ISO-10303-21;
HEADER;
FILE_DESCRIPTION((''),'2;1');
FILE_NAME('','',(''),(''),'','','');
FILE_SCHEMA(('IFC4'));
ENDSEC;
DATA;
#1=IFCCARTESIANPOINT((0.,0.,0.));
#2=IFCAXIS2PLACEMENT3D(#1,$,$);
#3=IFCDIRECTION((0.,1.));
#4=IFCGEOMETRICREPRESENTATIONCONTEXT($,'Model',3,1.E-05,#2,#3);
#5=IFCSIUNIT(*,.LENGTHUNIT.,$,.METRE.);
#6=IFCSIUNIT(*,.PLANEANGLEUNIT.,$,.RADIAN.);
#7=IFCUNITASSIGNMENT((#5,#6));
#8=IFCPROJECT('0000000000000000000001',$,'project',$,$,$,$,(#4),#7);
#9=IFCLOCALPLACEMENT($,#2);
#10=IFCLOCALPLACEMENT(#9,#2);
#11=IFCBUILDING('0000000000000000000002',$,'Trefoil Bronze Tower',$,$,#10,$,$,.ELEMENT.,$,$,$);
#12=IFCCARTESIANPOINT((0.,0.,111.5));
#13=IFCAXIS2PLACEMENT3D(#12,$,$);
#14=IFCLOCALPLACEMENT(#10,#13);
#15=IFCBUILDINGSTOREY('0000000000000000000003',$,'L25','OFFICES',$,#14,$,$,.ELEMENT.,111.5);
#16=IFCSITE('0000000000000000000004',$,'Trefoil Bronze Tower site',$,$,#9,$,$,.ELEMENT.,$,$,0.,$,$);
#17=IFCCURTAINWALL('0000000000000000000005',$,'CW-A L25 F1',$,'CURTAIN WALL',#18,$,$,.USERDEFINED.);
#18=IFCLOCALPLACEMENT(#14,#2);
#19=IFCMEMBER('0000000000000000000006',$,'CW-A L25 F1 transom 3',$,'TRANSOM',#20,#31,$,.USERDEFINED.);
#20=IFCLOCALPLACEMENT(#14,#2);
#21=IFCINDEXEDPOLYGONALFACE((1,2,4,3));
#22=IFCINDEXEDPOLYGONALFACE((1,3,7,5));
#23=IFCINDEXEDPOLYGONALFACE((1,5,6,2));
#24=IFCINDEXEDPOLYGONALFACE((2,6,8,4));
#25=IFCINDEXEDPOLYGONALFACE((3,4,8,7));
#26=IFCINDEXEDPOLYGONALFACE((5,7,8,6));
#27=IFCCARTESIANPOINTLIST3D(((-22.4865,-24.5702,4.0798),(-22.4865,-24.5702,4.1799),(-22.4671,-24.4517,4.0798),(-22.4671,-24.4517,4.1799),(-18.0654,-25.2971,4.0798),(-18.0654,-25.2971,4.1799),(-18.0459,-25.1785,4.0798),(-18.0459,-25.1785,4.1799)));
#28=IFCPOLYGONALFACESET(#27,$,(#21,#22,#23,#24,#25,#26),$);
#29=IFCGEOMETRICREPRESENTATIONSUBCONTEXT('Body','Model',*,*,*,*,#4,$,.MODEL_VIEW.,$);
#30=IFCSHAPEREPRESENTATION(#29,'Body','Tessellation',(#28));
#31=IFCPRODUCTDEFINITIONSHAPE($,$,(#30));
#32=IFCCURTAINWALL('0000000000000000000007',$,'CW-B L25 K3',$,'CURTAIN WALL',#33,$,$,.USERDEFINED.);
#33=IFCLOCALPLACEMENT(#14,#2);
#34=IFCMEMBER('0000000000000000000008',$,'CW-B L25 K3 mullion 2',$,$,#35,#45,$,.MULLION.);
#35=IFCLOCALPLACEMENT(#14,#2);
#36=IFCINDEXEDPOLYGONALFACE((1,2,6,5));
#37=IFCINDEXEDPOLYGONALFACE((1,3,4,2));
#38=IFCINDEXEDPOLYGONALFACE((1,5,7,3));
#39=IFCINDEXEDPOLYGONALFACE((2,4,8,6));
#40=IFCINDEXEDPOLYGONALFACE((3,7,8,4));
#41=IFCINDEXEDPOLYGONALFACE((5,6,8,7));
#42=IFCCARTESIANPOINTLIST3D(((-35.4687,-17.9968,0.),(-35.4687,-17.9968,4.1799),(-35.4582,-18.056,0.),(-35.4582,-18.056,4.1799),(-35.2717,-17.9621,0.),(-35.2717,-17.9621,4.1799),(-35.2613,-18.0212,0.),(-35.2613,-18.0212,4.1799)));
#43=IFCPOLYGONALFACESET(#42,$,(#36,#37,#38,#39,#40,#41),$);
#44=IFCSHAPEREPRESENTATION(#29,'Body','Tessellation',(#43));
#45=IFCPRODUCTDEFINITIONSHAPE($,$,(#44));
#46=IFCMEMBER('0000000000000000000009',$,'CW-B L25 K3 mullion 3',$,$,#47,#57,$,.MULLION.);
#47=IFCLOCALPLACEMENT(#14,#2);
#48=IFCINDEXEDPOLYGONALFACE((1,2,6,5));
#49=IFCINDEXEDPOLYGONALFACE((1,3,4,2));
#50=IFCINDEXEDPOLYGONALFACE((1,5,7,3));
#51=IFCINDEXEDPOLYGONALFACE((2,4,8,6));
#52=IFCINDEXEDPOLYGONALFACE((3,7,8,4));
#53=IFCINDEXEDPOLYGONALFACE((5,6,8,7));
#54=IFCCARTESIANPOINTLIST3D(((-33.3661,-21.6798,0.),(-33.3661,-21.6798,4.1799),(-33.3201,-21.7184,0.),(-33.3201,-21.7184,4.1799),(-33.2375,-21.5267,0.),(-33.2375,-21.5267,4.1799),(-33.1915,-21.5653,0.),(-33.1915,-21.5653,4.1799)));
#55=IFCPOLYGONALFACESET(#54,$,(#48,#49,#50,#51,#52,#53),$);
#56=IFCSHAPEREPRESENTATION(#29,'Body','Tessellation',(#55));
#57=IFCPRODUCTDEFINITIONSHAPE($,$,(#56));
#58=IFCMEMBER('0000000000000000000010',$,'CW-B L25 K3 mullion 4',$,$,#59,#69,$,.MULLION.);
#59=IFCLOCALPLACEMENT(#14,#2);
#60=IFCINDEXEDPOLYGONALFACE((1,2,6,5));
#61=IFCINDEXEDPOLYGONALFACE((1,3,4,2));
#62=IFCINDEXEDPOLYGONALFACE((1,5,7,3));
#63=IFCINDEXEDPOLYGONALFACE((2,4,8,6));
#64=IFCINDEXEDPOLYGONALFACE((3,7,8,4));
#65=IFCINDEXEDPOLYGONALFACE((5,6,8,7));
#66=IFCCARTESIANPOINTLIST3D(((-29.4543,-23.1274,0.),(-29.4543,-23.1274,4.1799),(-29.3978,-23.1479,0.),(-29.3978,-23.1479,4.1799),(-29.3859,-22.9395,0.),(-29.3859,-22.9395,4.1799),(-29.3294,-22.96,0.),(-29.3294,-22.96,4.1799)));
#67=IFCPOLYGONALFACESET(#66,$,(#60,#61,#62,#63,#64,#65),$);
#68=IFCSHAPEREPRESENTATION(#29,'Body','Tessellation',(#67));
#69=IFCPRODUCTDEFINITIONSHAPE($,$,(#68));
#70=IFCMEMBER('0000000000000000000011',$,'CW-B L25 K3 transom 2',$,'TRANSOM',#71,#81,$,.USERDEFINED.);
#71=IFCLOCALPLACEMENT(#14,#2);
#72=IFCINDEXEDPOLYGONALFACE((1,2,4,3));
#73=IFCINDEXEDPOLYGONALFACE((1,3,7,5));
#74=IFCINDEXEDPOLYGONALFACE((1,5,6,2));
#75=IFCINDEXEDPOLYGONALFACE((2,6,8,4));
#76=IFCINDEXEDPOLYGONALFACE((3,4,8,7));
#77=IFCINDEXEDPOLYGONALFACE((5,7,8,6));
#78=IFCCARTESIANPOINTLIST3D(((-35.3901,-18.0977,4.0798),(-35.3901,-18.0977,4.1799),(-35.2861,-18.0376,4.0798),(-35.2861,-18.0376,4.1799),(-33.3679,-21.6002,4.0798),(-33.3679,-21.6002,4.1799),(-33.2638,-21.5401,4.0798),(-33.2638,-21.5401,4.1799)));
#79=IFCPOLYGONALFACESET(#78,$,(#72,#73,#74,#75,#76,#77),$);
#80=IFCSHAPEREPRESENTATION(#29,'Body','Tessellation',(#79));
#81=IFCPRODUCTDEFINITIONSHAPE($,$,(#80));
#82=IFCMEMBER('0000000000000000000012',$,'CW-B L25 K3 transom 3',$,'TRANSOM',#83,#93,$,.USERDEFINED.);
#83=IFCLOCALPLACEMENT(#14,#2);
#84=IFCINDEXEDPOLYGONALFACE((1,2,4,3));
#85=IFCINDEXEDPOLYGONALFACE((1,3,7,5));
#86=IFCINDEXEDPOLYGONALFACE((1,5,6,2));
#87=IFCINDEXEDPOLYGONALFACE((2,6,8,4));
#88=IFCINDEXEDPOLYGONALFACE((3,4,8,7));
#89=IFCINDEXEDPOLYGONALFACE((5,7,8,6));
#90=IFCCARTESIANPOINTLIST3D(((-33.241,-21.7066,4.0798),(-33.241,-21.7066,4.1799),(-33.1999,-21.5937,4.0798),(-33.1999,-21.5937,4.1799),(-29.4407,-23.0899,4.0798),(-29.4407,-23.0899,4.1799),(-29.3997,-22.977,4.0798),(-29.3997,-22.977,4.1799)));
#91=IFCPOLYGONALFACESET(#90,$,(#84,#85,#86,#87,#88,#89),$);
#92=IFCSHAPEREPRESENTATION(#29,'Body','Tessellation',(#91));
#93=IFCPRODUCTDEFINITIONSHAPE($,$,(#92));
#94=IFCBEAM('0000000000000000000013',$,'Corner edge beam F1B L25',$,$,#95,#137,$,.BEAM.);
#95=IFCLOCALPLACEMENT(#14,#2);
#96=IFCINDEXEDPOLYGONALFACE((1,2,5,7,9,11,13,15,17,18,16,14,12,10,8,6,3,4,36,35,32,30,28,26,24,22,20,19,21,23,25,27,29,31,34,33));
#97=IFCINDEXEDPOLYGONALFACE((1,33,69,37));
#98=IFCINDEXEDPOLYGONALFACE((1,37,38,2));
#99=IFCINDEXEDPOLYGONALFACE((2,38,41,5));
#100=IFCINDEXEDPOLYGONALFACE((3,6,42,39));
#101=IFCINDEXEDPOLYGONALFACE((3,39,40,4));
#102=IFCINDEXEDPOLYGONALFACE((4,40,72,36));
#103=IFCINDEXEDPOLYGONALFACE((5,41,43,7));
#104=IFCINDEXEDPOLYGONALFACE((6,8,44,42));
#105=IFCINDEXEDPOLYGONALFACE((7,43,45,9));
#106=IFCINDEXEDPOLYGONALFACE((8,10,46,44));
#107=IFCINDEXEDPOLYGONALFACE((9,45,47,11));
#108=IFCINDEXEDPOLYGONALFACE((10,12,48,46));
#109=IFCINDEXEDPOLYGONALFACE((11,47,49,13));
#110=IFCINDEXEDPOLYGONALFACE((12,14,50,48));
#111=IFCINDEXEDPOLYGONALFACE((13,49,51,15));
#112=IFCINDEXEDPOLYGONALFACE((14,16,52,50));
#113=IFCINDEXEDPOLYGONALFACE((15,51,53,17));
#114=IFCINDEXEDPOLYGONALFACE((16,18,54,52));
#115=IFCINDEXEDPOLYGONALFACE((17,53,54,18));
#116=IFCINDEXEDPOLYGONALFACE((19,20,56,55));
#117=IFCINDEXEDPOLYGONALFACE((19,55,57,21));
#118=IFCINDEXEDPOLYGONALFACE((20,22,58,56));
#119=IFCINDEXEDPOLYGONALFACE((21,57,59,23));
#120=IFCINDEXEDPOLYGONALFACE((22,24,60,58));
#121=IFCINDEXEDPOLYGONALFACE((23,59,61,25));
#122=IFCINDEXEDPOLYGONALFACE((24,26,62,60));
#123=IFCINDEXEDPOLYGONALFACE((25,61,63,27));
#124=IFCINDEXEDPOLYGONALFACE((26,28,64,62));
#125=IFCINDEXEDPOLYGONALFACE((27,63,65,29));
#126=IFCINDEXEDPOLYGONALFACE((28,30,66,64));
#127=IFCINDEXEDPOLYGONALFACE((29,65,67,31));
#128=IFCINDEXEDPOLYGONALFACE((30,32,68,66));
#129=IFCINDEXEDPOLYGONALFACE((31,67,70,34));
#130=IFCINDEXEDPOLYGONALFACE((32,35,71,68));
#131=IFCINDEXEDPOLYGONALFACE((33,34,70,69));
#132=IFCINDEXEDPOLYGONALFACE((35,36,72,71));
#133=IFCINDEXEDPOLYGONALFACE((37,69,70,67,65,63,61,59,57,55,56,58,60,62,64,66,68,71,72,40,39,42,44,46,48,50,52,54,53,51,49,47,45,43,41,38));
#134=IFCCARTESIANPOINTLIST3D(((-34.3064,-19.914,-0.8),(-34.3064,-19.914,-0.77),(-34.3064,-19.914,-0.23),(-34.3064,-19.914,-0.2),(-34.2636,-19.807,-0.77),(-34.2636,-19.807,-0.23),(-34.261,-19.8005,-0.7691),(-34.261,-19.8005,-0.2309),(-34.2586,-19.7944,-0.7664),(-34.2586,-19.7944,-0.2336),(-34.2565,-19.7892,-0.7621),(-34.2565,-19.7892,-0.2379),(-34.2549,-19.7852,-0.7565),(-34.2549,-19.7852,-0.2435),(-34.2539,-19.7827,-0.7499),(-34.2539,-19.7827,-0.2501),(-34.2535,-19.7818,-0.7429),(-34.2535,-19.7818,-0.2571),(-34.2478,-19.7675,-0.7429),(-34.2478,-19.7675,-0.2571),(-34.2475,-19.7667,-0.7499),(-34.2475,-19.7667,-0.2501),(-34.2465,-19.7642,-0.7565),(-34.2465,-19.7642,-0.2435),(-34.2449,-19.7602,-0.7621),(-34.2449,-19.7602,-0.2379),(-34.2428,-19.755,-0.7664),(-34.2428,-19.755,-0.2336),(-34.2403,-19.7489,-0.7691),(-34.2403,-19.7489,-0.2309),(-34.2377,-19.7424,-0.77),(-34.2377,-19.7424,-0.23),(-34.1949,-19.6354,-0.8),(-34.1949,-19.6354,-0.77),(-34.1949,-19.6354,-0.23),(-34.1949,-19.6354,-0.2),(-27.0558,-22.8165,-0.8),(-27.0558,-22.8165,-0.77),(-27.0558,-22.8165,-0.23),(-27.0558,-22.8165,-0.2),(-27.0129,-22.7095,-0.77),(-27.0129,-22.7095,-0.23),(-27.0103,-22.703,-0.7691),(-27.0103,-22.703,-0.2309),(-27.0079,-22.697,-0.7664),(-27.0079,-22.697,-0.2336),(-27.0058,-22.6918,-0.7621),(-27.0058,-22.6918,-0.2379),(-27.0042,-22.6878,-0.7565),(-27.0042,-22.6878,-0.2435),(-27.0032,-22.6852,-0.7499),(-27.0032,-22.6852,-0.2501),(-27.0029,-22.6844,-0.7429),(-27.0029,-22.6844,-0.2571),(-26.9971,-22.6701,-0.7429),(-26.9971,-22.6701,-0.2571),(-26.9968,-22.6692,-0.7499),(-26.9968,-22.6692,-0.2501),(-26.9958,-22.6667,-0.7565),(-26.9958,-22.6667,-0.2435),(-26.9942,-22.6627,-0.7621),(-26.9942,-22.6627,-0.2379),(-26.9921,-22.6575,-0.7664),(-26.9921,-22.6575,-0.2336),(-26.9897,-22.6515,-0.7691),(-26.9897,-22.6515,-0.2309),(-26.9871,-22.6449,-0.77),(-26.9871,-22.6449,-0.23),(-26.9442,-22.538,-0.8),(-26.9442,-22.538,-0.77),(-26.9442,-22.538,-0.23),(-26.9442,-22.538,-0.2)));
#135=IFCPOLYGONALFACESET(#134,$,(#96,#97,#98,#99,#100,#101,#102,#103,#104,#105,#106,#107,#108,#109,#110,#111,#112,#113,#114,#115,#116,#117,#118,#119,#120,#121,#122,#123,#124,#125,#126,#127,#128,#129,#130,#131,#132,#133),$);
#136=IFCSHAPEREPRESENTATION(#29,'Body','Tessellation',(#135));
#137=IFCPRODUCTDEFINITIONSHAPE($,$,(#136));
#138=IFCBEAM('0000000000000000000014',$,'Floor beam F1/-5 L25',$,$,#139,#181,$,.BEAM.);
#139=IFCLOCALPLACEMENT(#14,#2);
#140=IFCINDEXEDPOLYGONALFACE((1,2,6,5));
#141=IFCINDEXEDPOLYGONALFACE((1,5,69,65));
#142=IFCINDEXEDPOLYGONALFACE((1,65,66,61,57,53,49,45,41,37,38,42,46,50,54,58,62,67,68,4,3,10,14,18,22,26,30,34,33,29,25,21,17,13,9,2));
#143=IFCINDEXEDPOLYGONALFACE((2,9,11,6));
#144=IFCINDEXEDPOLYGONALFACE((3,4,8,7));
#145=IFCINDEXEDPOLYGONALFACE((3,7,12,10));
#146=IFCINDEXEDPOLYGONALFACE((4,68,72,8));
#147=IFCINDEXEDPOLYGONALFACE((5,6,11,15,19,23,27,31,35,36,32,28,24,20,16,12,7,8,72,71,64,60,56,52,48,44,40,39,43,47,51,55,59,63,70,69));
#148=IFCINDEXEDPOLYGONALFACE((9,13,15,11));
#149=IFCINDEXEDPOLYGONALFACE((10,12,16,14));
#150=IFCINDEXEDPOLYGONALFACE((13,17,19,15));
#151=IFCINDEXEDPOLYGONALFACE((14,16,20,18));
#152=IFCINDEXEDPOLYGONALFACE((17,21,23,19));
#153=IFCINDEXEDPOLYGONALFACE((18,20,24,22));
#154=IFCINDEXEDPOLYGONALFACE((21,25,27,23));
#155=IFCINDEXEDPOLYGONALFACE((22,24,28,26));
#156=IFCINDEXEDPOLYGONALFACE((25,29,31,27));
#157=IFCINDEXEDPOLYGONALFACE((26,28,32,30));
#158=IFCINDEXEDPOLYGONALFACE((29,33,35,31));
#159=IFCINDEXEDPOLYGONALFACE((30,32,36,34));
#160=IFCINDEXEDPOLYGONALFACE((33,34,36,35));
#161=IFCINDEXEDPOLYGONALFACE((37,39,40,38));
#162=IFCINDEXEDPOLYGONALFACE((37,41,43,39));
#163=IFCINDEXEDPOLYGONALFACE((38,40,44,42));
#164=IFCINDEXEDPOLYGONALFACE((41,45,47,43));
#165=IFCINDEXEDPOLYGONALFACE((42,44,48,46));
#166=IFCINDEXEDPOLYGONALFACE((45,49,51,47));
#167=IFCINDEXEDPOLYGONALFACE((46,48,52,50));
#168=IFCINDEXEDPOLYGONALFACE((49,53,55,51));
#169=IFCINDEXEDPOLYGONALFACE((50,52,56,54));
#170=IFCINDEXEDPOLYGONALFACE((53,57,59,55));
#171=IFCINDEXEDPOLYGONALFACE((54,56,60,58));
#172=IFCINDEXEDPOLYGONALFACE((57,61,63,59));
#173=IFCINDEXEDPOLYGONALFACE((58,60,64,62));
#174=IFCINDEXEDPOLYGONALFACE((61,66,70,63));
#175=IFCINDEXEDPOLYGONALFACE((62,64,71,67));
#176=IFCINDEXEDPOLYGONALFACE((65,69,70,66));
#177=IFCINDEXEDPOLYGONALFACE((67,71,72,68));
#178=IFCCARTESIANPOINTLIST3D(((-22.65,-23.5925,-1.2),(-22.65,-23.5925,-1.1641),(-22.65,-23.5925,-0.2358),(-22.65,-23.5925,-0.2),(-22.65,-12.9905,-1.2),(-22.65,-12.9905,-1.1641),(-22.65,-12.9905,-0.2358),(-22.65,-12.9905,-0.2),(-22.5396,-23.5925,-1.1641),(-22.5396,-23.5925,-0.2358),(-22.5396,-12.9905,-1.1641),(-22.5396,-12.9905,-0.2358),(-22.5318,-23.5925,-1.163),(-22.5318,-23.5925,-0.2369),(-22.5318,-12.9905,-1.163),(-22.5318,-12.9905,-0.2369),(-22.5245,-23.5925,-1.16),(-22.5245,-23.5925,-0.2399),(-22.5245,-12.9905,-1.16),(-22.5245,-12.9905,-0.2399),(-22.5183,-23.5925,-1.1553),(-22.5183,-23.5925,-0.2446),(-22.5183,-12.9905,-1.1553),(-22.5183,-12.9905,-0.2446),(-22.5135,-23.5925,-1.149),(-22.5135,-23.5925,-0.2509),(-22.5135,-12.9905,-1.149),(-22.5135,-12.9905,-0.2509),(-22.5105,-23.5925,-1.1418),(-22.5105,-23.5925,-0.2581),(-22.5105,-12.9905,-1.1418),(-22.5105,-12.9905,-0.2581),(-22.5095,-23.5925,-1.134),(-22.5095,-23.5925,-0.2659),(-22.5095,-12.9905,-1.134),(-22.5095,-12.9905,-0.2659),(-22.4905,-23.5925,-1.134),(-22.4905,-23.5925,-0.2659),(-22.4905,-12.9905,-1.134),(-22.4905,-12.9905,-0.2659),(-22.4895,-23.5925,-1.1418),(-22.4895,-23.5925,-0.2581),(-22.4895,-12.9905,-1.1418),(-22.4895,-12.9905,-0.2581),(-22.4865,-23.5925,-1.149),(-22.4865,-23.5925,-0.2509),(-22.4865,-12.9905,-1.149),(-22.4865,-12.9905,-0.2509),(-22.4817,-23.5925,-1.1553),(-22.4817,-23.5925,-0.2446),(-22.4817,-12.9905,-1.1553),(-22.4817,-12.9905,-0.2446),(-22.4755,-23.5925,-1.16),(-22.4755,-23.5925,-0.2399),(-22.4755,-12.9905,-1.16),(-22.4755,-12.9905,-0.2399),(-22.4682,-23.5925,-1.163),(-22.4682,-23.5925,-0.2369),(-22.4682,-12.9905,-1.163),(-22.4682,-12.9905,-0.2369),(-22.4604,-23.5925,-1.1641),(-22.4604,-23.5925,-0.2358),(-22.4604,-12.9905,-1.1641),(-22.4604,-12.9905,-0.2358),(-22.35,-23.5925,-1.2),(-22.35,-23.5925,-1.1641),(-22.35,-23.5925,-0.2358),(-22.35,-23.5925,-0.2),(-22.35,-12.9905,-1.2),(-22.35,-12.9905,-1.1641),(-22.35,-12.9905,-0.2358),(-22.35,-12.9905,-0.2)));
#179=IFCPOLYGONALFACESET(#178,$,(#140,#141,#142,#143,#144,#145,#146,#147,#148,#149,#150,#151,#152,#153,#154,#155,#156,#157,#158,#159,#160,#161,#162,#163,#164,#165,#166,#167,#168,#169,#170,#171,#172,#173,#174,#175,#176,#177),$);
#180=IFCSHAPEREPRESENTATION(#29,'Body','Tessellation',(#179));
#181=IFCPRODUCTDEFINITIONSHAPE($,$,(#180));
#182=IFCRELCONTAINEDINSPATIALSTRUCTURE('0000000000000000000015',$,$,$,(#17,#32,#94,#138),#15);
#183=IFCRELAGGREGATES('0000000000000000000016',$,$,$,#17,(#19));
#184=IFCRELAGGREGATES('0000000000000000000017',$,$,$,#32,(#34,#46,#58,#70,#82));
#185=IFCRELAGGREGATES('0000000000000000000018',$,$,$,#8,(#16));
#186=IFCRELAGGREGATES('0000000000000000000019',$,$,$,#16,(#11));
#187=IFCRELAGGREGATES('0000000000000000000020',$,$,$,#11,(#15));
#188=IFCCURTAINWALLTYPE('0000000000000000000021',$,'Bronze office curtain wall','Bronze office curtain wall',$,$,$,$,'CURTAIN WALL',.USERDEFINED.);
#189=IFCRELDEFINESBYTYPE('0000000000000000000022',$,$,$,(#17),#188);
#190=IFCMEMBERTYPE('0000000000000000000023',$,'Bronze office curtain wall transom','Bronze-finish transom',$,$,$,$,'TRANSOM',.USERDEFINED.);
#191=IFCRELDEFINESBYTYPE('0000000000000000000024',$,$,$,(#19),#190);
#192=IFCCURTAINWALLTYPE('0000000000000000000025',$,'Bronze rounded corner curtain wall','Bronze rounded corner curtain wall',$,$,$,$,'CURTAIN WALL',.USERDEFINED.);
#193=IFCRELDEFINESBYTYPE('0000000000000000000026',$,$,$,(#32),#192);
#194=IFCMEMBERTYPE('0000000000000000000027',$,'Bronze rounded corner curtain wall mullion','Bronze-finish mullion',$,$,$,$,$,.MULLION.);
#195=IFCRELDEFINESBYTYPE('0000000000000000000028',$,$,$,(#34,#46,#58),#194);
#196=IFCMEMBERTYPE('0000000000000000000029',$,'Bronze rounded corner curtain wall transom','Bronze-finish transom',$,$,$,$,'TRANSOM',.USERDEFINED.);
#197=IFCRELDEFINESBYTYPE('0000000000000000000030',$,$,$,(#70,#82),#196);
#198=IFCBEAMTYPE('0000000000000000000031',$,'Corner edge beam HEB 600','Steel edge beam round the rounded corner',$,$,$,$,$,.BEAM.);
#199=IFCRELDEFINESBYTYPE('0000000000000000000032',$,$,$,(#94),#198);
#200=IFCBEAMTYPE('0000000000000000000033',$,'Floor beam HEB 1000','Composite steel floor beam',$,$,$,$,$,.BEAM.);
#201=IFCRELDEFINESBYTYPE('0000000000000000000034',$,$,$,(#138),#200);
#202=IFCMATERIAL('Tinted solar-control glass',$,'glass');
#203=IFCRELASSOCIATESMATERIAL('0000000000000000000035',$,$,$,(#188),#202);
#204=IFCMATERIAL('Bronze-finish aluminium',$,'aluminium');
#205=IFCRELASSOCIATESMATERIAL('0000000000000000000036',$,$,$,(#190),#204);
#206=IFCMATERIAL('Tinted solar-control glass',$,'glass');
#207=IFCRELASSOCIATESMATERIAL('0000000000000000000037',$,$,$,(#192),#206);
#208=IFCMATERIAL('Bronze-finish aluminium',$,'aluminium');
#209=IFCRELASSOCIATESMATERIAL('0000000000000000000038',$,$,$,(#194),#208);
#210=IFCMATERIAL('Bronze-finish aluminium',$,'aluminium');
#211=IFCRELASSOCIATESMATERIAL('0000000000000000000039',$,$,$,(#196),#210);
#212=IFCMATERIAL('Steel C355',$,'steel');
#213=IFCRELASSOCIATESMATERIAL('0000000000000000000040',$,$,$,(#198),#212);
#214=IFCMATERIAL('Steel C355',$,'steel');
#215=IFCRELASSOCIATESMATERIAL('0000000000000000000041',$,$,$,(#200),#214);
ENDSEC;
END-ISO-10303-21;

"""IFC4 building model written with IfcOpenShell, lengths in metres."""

from ifc_helpers import new_model, si_unit, direction, frame, origin, origin_2d, place, context, subcontext, project, spatial, rectangle, i_section, extrude, material, material_profile, profile_set, type_object, element, aggregate, save


model = new_model("IFC4")

# Units and contexts
model_context = context("Model", 3, precision=1e-05, world=origin(), true_north=direction((0.0, 1.0)))
body_context = subcontext(model_context, "Body", "Model", "MODEL_VIEW")
ifc_project = project(units=[si_unit("LENGTHUNIT", "METRE"), si_unit("PLANEANGLEUNIT", "RADIAN")], contexts=[model_context])

# Site, building, storey
site_placement = place(None, origin())
site = spatial("IfcSite", under=ifc_project, at=site_placement, Name="Trefoil Bronze Tower site", CompositionType="ELEMENT", RefElevation=0.0)
building_placement = place(site_placement, origin())
building = spatial("IfcBuilding", under=site, at=building_placement, Name="Trefoil Bronze Tower", CompositionType="ELEMENT")
storey_placement = place(building_placement, frame((0.0, 0.0, 111.5)))
storey = spatial("IfcBuildingStorey", under=building, at=storey_placement, Name="L25", Description="OFFICES", CompositionType="ELEMENT", Elevation=111.5)

# Curtain walls, members
ifc_material_1 = material(Name="Tinted solar-control glass", Category="glass")
curtain_wall_type_1 = type_object("IfcCurtainWallType", Name="Bronze office curtain wall", Description="Bronze office curtain wall", ElementType="CURTAIN WALL", PredefinedType="USERDEFINED", material=ifc_material_1)
curtain_wall_1_placement = place(storey_placement, origin())
curtain_wall_1 = element("IfcCurtainWall", 1, at=curtain_wall_1_placement, inside=storey, type_object=curtain_wall_type_1, Name="CW-A L25 F1", ObjectType="CURTAIN WALL", PredefinedType="USERDEFINED")
ifc_material_2 = material(Name="Bronze-finish aluminium", Category="aluminium")
ifc_material_profile_1 = material_profile(ifc_material_2, rectangle(XDim=0.1201, YDim=0.1001, at=origin_2d()), Name="CW-A transom")
ifc_profile_set_1 = profile_set([ifc_material_profile_1], Name="Bronze-finish aluminium")
member_type_1 = type_object("IfcMemberType", Name="Bronze office curtain wall transom", Description="Bronze-finish transom", ElementType="TRANSOM", PredefinedType="USERDEFINED", material=ifc_profile_set_1)
member_1_placement = place(storey_placement, frame((-22.4768, -24.511, 4.1299), z_axis=(0.986755, -0.162216, 0.0), x_axis=(0.162216, 0.986755, 0.0)))
member_1 = element("IfcMember", 2, at=member_1_placement, type_object=member_type_1, Name="CW-A L25 F1 transom 3", ObjectType="TRANSOM", PredefinedType="USERDEFINED", context=body_context, shape_type="SweptSolid", body=[
    extrude(rectangle(XDim=0.1201, YDim=0.1001, at=origin_2d()), origin(), (0.0, 0.0, 1.0), 4.4805),
])
ifc_material_3 = material(Name="Tinted solar-control glass", Category="glass")
curtain_wall_type_2 = type_object("IfcCurtainWallType", Name="Bronze rounded corner curtain wall", Description="Bronze rounded corner curtain wall", ElementType="CURTAIN WALL", PredefinedType="USERDEFINED", material=ifc_material_3)
curtain_wall_2_placement = place(storey_placement, origin())
curtain_wall_2 = element("IfcCurtainWall", 3, at=curtain_wall_2_placement, inside=storey, type_object=curtain_wall_type_2, Name="CW-B L25 K3", ObjectType="CURTAIN WALL", PredefinedType="USERDEFINED")
ifc_material_4 = material(Name="Bronze-finish aluminium", Category="aluminium")
ifc_material_profile_2 = material_profile(ifc_material_4, rectangle(XDim=0.2, YDim=0.0601, at=origin_2d()), Name="CW-B mullion")
ifc_profile_set_2 = profile_set([ifc_material_profile_2], Name="Bronze-finish aluminium")
member_type_2 = type_object("IfcMemberType", Name="Bronze rounded corner curtain wall mullion", Description="Bronze-finish mullion", PredefinedType="MULLION", material=ifc_profile_set_2)
member_2_placement = place(storey_placement, frame((-35.365, -18.009, 0.0), z_axis=(0.0, 0.0, 1.0), x_axis=(0.984808, 0.173648, 0.0)))
member_2 = element("IfcMember", 4, at=member_2_placement, type_object=member_type_2, Name="CW-B L25 K3 mullion 2", PredefinedType="MULLION", context=body_context, shape_type="SweptSolid", body=[
    extrude(rectangle(XDim=0.2, YDim=0.0601, at=origin_2d()), origin(), (0.0, 0.0, 1.0), 4.1799),
])
member_3_placement = place(storey_placement, frame((-33.2788, -21.6226, 0.0), z_axis=(0.0, 0.0, 1.0), x_axis=(0.642788, 0.766044, 0.0)))
member_3 = element("IfcMember", 5, at=member_3_placement, type_object=member_type_2, Name="CW-B L25 K3 mullion 3", PredefinedType="MULLION", context=body_context, shape_type="SweptSolid", body=[
    extrude(rectangle(XDim=0.2, YDim=0.0601, at=origin_2d()), origin(), (0.0, 0.0, 1.0), 4.1799),
])
member_4_placement = place(storey_placement, frame((-29.3918, -23.0437, 0.0), z_axis=(0.0, 0.0, 1.0), x_axis=(0.34202, 0.939693, 0.0)))
member_4 = element("IfcMember", 6, at=member_4_placement, type_object=member_type_2, Name="CW-B L25 K3 mullion 4", PredefinedType="MULLION", context=body_context, shape_type="SweptSolid", body=[
    extrude(rectangle(XDim=0.2, YDim=0.0601, at=origin_2d()), origin(), (0.0, 0.0, 1.0), 4.1799),
])
ifc_material_5 = material(Name="Bronze-finish aluminium", Category="aluminium")
ifc_material_profile_3 = material_profile(ifc_material_5, rectangle(XDim=0.1201, YDim=0.1001, at=origin_2d()), Name="CW-B transom")
ifc_profile_set_3 = profile_set([ifc_material_profile_3], Name="Bronze-finish aluminium")
member_type_3 = type_object("IfcMemberType", Name="Bronze rounded corner curtain wall transom", Description="Bronze-finish transom", ElementType="TRANSOM", PredefinedType="USERDEFINED", material=ifc_profile_set_3)
member_5_placement = place(storey_placement, frame((-35.3381, -18.0676, 4.1299), z_axis=(0.500015, -0.866017, 0.0), x_axis=(0.866017, 0.500015, 0.0)))
member_5 = element("IfcMember", 7, at=member_5_placement, type_object=member_type_3, Name="CW-B L25 K3 transom 2", ObjectType="TRANSOM", PredefinedType="USERDEFINED", context=body_context, shape_type="SweptSolid", body=[
    extrude(rectangle(XDim=0.1201, YDim=0.1001, at=origin_2d()), origin(), (0.0, 0.0, 1.0), 4.0444),
])
member_6_placement = place(storey_placement, frame((-33.2205, -21.6501, 4.1299), z_axis=(0.939684, -0.342044, 0.0), x_axis=(0.342044, 0.939684, 0.0)))
member_6 = element("IfcMember", 8, at=member_6_placement, type_object=member_type_3, Name="CW-B L25 K3 transom 3", ObjectType="TRANSOM", PredefinedType="USERDEFINED", context=body_context, shape_type="SweptSolid", body=[
    extrude(rectangle(XDim=0.1201, YDim=0.1001, at=origin_2d()), origin(), (0.0, 0.0, 1.0), 4.0442),
])

# Beams
ifc_material_6 = material(Name="Steel C355", Category="steel")
ifc_material_profile_4 = material_profile(ifc_material_6, i_section(OverallWidth=0.3, OverallDepth=0.6001, WebThickness=0.0154, FlangeThickness=0.03, FilletRadius=0.0271, at=origin_2d()), Name="HEB 600")
ifc_profile_set_4 = profile_set([ifc_material_profile_4], Name="Steel C355")
beam_type_1 = type_object("IfcBeamType", Name="Corner edge beam HEB 600", Description="Steel edge beam round the rounded corner", PredefinedType="BEAM", material=ifc_profile_set_4)
beam_1_placement = place(storey_placement, frame((-27.0, -22.6772, -0.5), z_axis=(-0.928375, 0.371644, 0.0), x_axis=(-0.371644, -0.928375, 0.0)))
element("IfcBeam", 9, at=beam_1_placement, inside=storey, type_object=beam_type_1, Name="Corner edge beam F1B L25", PredefinedType="BEAM", context=body_context, shape_type="SweptSolid", body=[
    extrude(i_section(OverallWidth=0.3, OverallDepth=0.6001, WebThickness=0.0154, FlangeThickness=0.03, FilletRadius=0.0271, at=origin_2d()), origin(), (0.0, 0.0, 1.0), 7.8101),
])
ifc_material_7 = material(Name="Steel C355", Category="steel")
ifc_material_profile_5 = material_profile(ifc_material_7, i_section(OverallWidth=0.3, OverallDepth=1.0, WebThickness=0.019, FlangeThickness=0.0359, FilletRadius=0.03, at=origin_2d()), Name="HEB 1000")
ifc_profile_set_5 = profile_set([ifc_material_profile_5], Name="Steel C355")
beam_type_2 = type_object("IfcBeamType", Name="Floor beam HEB 1000", Description="Composite steel floor beam", PredefinedType="BEAM", material=ifc_profile_set_5)
beam_2_placement = place(storey_placement, frame((-22.5, -23.5925, -0.7), z_axis=(0.0, 1.0, 0.0), x_axis=(-1.0, 0.0, 0.0)))
element("IfcBeam", 10, at=beam_2_placement, inside=storey, type_object=beam_type_2, Name="Floor beam F1/-5 L25", PredefinedType="BEAM", context=body_context, shape_type="SweptSolid", body=[
    extrude(i_section(OverallWidth=0.3, OverallDepth=1.0, WebThickness=0.019, FlangeThickness=0.0359, FilletRadius=0.03, at=origin_2d()), origin(), (0.0, 0.0, 1.0), 10.6021),
])

aggregate(curtain_wall_1, [member_1])
aggregate(curtain_wall_2, [member_2, member_3, member_4, member_5, member_6])

save(model, "model.ifc")
